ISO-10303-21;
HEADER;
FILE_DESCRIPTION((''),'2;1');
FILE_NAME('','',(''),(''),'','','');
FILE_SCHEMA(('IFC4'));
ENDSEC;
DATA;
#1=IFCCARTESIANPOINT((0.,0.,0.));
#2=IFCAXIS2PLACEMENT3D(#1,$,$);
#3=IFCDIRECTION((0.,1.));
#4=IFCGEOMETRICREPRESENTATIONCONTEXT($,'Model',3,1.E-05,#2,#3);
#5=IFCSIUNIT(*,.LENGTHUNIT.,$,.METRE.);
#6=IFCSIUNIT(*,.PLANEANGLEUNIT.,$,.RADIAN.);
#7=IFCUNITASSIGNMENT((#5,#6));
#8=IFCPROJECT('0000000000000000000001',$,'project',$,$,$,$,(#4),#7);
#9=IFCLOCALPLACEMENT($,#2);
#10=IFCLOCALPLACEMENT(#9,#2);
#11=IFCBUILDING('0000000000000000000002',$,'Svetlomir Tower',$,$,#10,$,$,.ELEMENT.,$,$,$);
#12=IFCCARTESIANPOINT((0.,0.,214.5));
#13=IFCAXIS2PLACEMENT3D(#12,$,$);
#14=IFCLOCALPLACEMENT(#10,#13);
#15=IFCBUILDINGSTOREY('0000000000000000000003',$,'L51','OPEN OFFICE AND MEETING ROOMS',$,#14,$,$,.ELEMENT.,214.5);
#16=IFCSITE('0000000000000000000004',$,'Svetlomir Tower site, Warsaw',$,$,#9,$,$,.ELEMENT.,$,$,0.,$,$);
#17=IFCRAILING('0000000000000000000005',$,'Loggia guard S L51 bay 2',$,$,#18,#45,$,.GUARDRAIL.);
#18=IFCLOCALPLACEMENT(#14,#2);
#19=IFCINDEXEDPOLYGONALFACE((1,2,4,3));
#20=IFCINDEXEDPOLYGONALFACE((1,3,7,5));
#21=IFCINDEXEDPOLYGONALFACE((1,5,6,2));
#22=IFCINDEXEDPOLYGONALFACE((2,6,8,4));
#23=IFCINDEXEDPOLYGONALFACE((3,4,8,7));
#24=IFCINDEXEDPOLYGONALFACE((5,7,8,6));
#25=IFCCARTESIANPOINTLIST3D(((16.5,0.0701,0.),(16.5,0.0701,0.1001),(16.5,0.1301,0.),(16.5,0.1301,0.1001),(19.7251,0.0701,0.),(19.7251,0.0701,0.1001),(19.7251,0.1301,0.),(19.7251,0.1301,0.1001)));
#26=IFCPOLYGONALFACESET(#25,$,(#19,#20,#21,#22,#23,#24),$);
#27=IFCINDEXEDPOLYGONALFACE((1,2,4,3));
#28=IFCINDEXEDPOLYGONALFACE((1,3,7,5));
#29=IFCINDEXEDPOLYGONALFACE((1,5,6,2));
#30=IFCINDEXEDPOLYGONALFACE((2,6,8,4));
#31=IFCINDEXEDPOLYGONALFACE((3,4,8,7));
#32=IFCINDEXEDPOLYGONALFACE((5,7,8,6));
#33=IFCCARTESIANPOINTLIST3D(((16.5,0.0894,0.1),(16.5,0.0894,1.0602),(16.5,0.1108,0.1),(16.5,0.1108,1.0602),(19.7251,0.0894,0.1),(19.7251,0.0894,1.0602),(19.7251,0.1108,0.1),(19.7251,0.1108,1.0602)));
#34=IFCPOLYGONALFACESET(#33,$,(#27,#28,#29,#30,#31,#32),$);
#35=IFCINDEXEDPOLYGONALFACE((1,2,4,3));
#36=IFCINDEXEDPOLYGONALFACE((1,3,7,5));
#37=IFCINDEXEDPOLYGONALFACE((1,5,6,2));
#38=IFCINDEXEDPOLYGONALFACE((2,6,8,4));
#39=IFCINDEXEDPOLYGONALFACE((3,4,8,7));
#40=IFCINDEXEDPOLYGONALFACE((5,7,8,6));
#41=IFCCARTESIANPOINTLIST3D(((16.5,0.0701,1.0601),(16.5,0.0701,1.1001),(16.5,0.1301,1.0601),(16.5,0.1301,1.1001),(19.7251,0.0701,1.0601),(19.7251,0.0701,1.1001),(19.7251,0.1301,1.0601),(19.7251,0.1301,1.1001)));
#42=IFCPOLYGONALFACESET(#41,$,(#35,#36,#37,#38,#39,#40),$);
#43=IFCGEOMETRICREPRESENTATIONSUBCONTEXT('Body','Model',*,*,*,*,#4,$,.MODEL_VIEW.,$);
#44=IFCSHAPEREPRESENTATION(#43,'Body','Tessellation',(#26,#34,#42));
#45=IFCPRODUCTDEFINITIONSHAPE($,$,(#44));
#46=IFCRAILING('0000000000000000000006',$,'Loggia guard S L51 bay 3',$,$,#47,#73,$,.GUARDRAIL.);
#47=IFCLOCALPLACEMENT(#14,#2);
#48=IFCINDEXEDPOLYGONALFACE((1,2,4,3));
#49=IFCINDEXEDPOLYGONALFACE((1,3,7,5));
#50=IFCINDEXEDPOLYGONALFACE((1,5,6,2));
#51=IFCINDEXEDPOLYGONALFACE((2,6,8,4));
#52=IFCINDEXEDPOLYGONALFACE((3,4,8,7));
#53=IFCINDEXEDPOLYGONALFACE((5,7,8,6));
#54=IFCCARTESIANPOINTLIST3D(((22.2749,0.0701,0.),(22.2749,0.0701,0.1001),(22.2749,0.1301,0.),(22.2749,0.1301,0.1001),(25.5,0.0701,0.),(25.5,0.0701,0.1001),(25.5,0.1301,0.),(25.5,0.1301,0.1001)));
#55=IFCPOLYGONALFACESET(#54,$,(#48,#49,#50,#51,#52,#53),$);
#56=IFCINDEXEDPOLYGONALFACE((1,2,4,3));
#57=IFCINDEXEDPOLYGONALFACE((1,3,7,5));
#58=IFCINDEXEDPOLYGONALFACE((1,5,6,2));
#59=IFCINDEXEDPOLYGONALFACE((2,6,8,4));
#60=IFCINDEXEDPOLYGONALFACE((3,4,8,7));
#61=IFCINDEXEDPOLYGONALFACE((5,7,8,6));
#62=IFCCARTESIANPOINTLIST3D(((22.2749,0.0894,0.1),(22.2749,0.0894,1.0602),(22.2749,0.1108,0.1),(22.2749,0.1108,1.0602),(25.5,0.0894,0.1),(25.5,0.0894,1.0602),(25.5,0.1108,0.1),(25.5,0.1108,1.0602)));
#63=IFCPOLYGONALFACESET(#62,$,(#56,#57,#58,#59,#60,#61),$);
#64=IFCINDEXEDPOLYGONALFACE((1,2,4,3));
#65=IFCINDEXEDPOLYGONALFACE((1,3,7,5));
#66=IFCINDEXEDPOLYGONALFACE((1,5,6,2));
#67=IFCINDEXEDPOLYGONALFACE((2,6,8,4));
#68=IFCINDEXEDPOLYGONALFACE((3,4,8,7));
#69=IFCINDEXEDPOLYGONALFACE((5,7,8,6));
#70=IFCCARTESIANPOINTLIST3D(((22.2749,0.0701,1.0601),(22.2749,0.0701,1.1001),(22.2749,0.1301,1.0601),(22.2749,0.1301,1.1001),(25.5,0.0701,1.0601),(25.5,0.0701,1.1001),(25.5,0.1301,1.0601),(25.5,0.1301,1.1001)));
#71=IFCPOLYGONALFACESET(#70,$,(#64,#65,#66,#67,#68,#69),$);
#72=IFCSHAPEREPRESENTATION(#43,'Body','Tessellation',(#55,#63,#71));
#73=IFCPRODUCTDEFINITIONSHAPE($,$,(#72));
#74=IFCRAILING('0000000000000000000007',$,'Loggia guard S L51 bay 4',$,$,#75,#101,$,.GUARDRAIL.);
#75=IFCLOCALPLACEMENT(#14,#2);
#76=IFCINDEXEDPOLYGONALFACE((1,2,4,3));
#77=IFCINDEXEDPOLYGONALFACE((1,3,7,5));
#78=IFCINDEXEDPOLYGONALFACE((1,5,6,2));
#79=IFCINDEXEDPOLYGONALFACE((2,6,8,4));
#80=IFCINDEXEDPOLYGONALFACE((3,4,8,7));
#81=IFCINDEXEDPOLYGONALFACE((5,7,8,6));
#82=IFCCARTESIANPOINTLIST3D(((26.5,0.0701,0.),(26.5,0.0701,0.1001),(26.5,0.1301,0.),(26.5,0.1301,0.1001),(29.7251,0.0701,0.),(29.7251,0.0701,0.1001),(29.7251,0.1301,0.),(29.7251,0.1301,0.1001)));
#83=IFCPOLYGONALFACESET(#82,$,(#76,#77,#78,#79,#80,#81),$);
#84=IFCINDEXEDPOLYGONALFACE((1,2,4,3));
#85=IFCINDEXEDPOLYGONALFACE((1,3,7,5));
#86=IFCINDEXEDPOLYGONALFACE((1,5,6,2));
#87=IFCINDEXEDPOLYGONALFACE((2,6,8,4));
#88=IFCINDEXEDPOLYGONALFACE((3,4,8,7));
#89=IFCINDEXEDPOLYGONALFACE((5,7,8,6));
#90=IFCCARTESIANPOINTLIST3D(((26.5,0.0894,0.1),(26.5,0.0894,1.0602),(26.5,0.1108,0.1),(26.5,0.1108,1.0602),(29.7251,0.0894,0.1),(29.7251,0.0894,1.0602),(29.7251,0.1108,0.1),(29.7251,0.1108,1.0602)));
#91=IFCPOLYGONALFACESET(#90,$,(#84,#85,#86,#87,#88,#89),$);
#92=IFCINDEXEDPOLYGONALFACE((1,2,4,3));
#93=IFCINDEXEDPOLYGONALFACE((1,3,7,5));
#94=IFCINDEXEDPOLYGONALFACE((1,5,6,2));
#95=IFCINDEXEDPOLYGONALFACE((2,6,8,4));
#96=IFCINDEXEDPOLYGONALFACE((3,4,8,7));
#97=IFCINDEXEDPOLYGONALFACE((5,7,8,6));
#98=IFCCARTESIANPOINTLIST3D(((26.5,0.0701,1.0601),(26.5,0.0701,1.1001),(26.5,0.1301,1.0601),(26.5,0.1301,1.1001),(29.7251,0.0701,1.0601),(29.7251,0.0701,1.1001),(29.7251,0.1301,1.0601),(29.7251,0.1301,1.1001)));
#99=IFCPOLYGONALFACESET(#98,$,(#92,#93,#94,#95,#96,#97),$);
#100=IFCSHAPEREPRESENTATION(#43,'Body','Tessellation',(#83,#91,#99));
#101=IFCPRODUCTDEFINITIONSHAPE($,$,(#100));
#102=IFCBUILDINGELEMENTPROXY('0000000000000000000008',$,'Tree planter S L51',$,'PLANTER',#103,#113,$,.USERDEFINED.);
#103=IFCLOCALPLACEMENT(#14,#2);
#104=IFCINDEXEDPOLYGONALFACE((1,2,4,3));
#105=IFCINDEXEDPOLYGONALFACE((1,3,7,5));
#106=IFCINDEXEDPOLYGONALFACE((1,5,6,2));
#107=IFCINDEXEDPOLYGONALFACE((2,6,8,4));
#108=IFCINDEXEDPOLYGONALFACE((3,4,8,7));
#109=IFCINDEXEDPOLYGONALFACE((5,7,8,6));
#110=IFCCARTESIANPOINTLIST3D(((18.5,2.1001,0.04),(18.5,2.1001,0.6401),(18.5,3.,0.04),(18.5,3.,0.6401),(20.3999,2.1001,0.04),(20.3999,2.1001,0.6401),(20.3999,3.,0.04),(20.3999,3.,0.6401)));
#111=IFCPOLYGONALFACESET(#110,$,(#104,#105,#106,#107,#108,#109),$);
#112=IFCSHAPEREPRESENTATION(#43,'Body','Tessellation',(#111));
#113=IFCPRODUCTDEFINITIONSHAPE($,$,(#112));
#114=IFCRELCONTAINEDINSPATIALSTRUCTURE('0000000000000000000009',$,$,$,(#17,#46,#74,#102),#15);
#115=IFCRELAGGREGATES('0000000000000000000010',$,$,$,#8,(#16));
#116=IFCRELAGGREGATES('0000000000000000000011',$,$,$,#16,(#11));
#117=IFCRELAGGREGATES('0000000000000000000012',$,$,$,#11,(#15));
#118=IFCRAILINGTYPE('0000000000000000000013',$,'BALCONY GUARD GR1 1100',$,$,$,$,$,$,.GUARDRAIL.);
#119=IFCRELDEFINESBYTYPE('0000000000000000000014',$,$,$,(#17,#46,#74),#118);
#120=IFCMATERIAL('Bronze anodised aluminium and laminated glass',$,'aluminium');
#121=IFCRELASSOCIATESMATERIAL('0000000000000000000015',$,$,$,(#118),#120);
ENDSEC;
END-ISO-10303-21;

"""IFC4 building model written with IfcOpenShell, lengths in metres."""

from ifc_helpers import new_model, si_unit, direction, frame, origin, origin_2d, place, context, subcontext, project, spatial, rectangle, extrude, material, type_object, element, save


model = new_model("IFC4")

# Units and contexts
model_context = context("Model", 3, precision=1e-05, world=origin(), true_north=direction((0.0, 1.0)))
body_context = subcontext(model_context, "Body", "Model", "MODEL_VIEW")
ifc_project = project(units=[si_unit("LENGTHUNIT", "METRE"), si_unit("PLANEANGLEUNIT", "RADIAN")], contexts=[model_context])

# Site, building, storey
site_placement = place(None, origin())
site = spatial("IfcSite", under=ifc_project, at=site_placement, Name="Svetlomir Tower site, Warsaw", CompositionType="ELEMENT", RefElevation=0.0)
building_placement = place(site_placement, origin())
building = spatial("IfcBuilding", under=site, at=building_placement, Name="Svetlomir Tower", CompositionType="ELEMENT")
storey_placement = place(building_placement, frame((0.0, 0.0, 214.5)))
storey = spatial("IfcBuildingStorey", under=building, at=storey_placement, Name="L51", Description="OPEN OFFICE AND MEETING ROOMS", CompositionType="ELEMENT", Elevation=214.5)

# Railings
ifc_material_1 = material(Name="Bronze anodised aluminium and laminated glass", Category="aluminium")
railing_type = type_object("IfcRailingType", Name="BALCONY GUARD GR1 1100", PredefinedType="GUARDRAIL", material=ifc_material_1)
for number, where, name in (
    (1, (16.5, 0.1001, 0.0), "Loggia guard S L51 bay 2"),
    (2, (22.2749, 0.1001, 0.0), "Loggia guard S L51 bay 3"),
    (3, (26.5, 0.1001, 0.0), "Loggia guard S L51 bay 4"),
):
    element("IfcRailing", number, at=place(storey_placement, frame(where)), inside=storey, type_object=railing_type, Name=name, PredefinedType="GUARDRAIL", context=body_context, shape_type="SweptSolid", body=[
        extrude(rectangle(XDim=0.0601, YDim=0.1001, at=origin_2d()), frame((0.0, 0.0, 0.05), z_axis=(1.0, 0.0, 0.0), x_axis=(0.0, 1.0, 0.0)), (0.0, 0.0, 1.0), 3.2251),
        extrude(rectangle(XDim=0.0215, YDim=0.9602, at=origin_2d()), frame((0.0, 0.0, 0.5801), z_axis=(1.0, 0.0, 0.0), x_axis=(0.0, 1.0, 0.0)), (0.0, 0.0, 1.0), 3.2251),
        extrude(rectangle(XDim=0.0601, YDim=0.04, at=origin_2d()), frame((0.0, 0.0, 1.0801), z_axis=(1.0, 0.0, 0.0), x_axis=(0.0, 1.0, 0.0)), (0.0, 0.0, 1.0), 3.2251),
    ])

# Building element proxy
proxy_placement = place(storey_placement, frame((19.45, 2.55, 0.04), z_axis=(0.0, 0.0, 1.0), x_axis=(1.0, 0.0, 0.0)))
element("IfcBuildingElementProxy", 4, at=proxy_placement, inside=storey, Name="Tree planter S L51", ObjectType="PLANTER", PredefinedType="USERDEFINED", context=body_context, shape_type="SweptSolid", body=[
    extrude(rectangle(XDim=1.8999, YDim=0.8999, at=origin_2d()), origin(), (0.0, 0.0, 1.0), 0.6001),
])

save(model, "model.ifc")
